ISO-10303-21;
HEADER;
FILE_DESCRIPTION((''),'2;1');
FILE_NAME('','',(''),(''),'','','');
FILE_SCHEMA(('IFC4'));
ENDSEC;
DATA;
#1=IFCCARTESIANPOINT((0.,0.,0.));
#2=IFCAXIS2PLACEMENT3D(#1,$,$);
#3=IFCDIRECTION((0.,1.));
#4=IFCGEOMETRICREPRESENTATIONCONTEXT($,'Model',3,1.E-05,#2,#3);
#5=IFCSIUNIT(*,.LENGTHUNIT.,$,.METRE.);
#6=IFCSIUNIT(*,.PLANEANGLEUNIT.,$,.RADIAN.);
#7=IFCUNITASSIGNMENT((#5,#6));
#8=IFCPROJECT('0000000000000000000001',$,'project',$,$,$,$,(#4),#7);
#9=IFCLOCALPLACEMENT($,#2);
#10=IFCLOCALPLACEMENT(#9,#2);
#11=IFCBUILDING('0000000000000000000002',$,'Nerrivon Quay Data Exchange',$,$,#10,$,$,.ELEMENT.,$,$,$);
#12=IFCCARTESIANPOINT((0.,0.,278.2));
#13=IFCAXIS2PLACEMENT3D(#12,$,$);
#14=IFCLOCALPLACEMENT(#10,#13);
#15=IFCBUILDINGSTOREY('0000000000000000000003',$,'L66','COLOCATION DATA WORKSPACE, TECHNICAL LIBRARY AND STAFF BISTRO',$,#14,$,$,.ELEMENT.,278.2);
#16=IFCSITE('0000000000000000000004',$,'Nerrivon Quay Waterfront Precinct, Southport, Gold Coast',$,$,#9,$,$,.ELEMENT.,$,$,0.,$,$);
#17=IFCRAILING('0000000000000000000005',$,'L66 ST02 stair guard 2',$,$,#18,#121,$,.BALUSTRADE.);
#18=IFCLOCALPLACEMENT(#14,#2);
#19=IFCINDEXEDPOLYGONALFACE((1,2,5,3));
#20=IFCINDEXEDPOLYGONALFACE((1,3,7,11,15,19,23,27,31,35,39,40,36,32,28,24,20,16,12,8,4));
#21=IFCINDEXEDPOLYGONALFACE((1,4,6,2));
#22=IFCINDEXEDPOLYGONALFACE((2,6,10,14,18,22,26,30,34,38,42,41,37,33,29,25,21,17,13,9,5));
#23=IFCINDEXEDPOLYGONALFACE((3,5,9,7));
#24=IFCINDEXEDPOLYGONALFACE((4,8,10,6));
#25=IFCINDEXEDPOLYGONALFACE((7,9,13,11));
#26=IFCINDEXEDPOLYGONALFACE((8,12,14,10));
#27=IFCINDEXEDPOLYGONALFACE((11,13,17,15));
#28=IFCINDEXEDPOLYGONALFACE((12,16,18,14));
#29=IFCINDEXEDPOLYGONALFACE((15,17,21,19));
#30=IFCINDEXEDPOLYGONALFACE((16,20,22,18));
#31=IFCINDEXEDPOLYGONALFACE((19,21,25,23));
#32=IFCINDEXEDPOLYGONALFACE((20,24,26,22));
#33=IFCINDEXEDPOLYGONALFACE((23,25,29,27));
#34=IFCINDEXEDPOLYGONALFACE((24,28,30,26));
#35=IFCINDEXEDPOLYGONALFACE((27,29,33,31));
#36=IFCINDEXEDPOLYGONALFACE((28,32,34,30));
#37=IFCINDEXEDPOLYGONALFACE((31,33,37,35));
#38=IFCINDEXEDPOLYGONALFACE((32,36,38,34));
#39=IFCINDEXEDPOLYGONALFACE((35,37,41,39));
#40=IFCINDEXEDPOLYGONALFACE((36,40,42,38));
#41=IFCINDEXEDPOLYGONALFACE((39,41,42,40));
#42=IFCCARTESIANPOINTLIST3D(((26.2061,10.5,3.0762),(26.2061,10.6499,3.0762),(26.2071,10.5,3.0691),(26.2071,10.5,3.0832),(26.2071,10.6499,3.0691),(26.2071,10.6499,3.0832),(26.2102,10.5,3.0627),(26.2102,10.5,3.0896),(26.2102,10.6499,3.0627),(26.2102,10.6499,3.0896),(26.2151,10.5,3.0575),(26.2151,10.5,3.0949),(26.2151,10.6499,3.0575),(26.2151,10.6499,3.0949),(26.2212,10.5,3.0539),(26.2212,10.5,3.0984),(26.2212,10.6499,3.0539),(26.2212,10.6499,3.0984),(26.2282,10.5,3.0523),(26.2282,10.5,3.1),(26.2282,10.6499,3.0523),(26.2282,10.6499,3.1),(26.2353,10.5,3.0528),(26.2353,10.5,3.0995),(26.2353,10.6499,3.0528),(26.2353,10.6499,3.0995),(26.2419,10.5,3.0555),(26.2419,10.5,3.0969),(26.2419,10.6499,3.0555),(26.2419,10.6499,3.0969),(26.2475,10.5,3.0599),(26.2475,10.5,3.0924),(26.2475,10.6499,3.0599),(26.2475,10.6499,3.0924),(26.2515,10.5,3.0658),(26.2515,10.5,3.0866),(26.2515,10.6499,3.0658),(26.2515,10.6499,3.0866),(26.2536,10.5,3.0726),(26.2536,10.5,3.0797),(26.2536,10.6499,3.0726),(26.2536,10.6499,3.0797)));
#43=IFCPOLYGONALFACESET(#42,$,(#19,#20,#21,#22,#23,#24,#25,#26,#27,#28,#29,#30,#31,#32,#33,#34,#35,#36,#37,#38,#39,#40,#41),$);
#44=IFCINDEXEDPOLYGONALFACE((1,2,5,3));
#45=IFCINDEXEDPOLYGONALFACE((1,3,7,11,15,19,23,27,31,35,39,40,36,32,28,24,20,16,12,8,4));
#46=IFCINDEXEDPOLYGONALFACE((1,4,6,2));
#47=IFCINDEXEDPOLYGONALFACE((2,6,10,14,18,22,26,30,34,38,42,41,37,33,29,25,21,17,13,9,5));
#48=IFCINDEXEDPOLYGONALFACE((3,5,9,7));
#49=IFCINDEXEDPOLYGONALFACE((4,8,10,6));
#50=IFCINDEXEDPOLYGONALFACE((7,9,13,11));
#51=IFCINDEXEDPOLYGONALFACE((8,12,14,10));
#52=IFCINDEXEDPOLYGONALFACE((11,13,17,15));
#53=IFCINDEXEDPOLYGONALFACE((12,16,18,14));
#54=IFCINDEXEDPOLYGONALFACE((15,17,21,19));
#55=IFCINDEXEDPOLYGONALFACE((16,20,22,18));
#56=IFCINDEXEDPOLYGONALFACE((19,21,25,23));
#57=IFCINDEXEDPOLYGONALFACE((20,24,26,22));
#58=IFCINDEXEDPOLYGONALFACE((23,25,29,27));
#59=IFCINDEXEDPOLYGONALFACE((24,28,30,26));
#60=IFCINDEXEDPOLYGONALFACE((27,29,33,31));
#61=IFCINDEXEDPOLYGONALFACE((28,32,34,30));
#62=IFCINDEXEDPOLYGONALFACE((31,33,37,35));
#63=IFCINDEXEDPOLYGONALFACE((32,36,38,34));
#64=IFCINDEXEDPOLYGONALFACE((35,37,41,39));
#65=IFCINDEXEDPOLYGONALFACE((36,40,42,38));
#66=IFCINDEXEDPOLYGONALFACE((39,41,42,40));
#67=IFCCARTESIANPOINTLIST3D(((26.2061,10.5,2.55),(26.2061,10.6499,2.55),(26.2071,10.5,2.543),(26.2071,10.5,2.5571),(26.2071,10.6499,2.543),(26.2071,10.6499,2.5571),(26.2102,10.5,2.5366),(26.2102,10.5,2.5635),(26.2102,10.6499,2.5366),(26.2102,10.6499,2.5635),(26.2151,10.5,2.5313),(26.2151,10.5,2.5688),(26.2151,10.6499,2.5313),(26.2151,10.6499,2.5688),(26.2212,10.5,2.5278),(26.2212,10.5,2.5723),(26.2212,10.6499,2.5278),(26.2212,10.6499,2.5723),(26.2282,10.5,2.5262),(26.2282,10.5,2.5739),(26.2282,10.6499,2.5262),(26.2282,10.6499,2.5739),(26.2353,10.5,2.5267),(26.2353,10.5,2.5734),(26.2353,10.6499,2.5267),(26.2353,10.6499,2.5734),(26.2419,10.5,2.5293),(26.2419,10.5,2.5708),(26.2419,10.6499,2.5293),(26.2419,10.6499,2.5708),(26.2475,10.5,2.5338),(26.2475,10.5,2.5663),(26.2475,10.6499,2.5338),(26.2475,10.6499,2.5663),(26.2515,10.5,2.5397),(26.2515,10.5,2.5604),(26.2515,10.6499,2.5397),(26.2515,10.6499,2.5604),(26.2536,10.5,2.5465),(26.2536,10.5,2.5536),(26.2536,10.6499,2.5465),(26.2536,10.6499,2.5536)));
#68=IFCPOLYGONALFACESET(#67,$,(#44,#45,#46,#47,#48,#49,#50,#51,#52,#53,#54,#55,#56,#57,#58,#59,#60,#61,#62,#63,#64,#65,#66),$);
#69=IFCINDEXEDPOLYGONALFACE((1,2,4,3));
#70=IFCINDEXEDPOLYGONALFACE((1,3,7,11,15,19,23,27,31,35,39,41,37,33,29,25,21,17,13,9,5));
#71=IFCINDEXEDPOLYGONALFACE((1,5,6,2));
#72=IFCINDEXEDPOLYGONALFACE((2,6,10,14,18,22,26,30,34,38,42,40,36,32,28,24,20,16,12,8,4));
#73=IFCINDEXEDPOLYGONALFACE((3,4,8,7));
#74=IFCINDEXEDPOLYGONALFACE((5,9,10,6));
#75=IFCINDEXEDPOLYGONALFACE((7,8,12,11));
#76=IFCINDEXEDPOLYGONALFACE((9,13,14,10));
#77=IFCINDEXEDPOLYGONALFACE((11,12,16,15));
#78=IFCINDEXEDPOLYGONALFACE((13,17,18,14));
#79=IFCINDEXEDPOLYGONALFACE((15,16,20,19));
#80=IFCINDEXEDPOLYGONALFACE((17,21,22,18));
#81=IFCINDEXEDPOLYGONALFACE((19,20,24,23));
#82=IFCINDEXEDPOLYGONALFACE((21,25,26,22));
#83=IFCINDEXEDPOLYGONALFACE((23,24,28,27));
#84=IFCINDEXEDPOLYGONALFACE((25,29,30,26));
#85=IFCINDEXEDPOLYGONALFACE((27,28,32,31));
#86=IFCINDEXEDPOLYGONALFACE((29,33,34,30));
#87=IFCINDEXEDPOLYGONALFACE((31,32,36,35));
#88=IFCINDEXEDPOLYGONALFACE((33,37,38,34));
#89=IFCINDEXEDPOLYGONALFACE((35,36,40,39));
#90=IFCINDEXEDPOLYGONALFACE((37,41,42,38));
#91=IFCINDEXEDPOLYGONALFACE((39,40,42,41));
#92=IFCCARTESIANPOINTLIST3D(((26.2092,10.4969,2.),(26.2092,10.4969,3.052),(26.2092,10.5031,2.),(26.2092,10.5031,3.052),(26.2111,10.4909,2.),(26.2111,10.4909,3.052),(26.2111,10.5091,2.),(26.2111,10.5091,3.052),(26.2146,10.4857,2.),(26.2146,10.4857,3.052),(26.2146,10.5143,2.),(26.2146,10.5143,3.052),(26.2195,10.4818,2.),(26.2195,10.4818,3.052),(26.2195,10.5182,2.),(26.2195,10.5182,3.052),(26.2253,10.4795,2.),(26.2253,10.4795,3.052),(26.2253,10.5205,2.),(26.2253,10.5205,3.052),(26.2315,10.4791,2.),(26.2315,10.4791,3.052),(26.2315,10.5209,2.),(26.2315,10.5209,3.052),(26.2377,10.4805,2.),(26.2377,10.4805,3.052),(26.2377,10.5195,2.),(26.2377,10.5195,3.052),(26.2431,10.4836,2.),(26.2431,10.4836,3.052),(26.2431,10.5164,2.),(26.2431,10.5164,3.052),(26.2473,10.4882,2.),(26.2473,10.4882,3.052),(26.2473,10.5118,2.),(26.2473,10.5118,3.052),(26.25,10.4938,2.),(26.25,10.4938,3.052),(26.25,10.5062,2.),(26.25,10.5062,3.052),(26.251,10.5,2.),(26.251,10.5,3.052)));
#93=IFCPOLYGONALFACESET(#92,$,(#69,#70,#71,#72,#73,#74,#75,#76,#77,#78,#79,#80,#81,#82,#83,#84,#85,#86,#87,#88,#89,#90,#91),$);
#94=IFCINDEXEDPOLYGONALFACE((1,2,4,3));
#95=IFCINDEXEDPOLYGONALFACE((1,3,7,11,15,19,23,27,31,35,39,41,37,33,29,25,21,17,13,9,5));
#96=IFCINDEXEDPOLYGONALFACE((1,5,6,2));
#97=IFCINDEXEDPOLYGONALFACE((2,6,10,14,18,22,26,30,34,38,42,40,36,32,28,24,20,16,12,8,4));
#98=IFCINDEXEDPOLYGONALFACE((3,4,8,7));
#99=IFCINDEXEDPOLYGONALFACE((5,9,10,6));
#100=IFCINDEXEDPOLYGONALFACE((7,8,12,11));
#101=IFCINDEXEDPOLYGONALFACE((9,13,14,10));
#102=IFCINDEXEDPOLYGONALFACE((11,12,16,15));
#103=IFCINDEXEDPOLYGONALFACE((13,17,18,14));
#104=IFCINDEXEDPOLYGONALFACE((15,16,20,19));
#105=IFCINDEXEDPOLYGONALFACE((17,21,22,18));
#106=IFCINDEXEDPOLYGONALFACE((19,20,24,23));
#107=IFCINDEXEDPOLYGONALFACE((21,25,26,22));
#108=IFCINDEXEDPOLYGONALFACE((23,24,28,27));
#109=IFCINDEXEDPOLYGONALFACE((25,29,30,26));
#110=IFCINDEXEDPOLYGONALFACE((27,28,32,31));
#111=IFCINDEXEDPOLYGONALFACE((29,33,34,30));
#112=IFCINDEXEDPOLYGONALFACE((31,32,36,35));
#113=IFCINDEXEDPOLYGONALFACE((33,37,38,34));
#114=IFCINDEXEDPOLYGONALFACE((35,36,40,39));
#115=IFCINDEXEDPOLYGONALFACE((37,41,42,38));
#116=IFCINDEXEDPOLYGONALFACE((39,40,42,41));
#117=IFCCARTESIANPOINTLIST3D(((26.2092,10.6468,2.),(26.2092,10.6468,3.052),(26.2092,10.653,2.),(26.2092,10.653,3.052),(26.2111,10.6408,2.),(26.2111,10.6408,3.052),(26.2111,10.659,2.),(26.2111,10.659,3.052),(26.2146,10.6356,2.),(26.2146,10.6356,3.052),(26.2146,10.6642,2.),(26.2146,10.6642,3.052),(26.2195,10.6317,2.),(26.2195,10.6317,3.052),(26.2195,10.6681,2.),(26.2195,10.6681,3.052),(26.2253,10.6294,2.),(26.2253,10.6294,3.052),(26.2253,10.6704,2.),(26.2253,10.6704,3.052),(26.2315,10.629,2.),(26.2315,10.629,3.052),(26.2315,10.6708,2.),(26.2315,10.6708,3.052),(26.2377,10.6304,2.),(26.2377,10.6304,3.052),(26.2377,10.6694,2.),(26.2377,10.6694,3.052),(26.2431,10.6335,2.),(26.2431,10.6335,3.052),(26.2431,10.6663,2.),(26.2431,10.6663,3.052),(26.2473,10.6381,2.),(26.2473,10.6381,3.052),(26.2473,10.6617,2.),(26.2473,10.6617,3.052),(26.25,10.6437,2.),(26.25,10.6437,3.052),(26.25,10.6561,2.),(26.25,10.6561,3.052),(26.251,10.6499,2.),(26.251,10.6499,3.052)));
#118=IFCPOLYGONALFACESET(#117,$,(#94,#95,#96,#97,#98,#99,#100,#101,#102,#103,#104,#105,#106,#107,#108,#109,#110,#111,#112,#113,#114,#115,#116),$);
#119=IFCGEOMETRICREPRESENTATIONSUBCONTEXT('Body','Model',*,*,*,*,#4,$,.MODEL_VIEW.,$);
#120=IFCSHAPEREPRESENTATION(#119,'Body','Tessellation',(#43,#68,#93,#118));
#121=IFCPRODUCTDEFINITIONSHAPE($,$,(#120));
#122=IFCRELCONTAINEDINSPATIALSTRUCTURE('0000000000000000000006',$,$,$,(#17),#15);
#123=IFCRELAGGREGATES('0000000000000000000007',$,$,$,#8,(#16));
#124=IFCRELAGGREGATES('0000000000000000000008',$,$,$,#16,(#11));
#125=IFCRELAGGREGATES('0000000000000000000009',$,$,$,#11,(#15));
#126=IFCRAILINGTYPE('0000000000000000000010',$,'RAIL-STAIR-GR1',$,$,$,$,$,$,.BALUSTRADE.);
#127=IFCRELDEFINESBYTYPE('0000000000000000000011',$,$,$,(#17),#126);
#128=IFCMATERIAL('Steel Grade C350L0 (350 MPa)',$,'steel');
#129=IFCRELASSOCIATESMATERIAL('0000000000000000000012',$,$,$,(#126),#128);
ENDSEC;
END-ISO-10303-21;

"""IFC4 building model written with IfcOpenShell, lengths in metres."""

from ifc_helpers import new_model, si_unit, direction, frame, origin, origin_2d, place, context, subcontext, project, spatial, circle, extrude, material, type_object, element, save


model = new_model("IFC4")

# Units and contexts
model_context = context("Model", 3, precision=1e-05, world=origin(), true_north=direction((0.0, 1.0)))
body_context = subcontext(model_context, "Body", "Model", "MODEL_VIEW")
ifc_project = project(units=[si_unit("LENGTHUNIT", "METRE"), si_unit("PLANEANGLEUNIT", "RADIAN")], contexts=[model_context])

# Site, building, storey
site_placement = place(None, origin())
site = spatial("IfcSite", under=ifc_project, at=site_placement, Name="Nerrivon Quay Waterfront Precinct, Southport, Gold Coast", CompositionType="ELEMENT", RefElevation=0.0)
building_placement = place(site_placement, origin())
building = spatial("IfcBuilding", under=site, at=building_placement, Name="Nerrivon Quay Data Exchange", CompositionType="ELEMENT")
storey_placement = place(building_placement, frame((0.0, 0.0, 278.2)))
storey = spatial("IfcBuildingStorey", under=building, at=storey_placement, Name="L66", Description="COLOCATION DATA WORKSPACE, TECHNICAL LIBRARY AND STAFF BISTRO", CompositionType="ELEMENT", Elevation=278.2)

# Railing
ifc_material_1 = material(Name="Steel Grade C350L0 (350 MPa)", Category="steel")
railing_type_1 = type_object("IfcRailingType", Name="RAIL-STAIR-GR1", PredefinedType="BALUSTRADE", material=ifc_material_1)
railing_1_placement = place(storey_placement, frame((26.23, 10.5, 2.0)))
element("IfcRailing", 1, at=railing_1_placement, inside=storey, type_object=railing_type_1, Name="L66 ST02 stair guard 2", PredefinedType="BALUSTRADE", context=body_context, shape_type="SweptSolid", body=[
    extrude(circle(Radius=0.0239, at=origin_2d()), frame((0.0, 0.0, 1.0762), z_axis=(0.0, 1.0, 0.0), x_axis=(-1.0, 0.0, 0.0)), (0.0, 0.0, 1.0), 0.1499),
    extrude(circle(Radius=0.0239, at=origin_2d()), frame((0.0, 0.0, 0.55), z_axis=(0.0, 1.0, 0.0), x_axis=(-1.0, 0.0, 0.0)), (0.0, 0.0, 1.0), 0.1499),
    extrude(circle(Radius=0.021, at=origin_2d()), origin(), (0.0, 0.0, 1.0), 1.052),
    extrude(circle(Radius=0.021, at=origin_2d()), frame((0.0, 0.1499, 0.0)), (0.0, 0.0, 1.0), 1.052),
])

save(model, "model.ifc")
